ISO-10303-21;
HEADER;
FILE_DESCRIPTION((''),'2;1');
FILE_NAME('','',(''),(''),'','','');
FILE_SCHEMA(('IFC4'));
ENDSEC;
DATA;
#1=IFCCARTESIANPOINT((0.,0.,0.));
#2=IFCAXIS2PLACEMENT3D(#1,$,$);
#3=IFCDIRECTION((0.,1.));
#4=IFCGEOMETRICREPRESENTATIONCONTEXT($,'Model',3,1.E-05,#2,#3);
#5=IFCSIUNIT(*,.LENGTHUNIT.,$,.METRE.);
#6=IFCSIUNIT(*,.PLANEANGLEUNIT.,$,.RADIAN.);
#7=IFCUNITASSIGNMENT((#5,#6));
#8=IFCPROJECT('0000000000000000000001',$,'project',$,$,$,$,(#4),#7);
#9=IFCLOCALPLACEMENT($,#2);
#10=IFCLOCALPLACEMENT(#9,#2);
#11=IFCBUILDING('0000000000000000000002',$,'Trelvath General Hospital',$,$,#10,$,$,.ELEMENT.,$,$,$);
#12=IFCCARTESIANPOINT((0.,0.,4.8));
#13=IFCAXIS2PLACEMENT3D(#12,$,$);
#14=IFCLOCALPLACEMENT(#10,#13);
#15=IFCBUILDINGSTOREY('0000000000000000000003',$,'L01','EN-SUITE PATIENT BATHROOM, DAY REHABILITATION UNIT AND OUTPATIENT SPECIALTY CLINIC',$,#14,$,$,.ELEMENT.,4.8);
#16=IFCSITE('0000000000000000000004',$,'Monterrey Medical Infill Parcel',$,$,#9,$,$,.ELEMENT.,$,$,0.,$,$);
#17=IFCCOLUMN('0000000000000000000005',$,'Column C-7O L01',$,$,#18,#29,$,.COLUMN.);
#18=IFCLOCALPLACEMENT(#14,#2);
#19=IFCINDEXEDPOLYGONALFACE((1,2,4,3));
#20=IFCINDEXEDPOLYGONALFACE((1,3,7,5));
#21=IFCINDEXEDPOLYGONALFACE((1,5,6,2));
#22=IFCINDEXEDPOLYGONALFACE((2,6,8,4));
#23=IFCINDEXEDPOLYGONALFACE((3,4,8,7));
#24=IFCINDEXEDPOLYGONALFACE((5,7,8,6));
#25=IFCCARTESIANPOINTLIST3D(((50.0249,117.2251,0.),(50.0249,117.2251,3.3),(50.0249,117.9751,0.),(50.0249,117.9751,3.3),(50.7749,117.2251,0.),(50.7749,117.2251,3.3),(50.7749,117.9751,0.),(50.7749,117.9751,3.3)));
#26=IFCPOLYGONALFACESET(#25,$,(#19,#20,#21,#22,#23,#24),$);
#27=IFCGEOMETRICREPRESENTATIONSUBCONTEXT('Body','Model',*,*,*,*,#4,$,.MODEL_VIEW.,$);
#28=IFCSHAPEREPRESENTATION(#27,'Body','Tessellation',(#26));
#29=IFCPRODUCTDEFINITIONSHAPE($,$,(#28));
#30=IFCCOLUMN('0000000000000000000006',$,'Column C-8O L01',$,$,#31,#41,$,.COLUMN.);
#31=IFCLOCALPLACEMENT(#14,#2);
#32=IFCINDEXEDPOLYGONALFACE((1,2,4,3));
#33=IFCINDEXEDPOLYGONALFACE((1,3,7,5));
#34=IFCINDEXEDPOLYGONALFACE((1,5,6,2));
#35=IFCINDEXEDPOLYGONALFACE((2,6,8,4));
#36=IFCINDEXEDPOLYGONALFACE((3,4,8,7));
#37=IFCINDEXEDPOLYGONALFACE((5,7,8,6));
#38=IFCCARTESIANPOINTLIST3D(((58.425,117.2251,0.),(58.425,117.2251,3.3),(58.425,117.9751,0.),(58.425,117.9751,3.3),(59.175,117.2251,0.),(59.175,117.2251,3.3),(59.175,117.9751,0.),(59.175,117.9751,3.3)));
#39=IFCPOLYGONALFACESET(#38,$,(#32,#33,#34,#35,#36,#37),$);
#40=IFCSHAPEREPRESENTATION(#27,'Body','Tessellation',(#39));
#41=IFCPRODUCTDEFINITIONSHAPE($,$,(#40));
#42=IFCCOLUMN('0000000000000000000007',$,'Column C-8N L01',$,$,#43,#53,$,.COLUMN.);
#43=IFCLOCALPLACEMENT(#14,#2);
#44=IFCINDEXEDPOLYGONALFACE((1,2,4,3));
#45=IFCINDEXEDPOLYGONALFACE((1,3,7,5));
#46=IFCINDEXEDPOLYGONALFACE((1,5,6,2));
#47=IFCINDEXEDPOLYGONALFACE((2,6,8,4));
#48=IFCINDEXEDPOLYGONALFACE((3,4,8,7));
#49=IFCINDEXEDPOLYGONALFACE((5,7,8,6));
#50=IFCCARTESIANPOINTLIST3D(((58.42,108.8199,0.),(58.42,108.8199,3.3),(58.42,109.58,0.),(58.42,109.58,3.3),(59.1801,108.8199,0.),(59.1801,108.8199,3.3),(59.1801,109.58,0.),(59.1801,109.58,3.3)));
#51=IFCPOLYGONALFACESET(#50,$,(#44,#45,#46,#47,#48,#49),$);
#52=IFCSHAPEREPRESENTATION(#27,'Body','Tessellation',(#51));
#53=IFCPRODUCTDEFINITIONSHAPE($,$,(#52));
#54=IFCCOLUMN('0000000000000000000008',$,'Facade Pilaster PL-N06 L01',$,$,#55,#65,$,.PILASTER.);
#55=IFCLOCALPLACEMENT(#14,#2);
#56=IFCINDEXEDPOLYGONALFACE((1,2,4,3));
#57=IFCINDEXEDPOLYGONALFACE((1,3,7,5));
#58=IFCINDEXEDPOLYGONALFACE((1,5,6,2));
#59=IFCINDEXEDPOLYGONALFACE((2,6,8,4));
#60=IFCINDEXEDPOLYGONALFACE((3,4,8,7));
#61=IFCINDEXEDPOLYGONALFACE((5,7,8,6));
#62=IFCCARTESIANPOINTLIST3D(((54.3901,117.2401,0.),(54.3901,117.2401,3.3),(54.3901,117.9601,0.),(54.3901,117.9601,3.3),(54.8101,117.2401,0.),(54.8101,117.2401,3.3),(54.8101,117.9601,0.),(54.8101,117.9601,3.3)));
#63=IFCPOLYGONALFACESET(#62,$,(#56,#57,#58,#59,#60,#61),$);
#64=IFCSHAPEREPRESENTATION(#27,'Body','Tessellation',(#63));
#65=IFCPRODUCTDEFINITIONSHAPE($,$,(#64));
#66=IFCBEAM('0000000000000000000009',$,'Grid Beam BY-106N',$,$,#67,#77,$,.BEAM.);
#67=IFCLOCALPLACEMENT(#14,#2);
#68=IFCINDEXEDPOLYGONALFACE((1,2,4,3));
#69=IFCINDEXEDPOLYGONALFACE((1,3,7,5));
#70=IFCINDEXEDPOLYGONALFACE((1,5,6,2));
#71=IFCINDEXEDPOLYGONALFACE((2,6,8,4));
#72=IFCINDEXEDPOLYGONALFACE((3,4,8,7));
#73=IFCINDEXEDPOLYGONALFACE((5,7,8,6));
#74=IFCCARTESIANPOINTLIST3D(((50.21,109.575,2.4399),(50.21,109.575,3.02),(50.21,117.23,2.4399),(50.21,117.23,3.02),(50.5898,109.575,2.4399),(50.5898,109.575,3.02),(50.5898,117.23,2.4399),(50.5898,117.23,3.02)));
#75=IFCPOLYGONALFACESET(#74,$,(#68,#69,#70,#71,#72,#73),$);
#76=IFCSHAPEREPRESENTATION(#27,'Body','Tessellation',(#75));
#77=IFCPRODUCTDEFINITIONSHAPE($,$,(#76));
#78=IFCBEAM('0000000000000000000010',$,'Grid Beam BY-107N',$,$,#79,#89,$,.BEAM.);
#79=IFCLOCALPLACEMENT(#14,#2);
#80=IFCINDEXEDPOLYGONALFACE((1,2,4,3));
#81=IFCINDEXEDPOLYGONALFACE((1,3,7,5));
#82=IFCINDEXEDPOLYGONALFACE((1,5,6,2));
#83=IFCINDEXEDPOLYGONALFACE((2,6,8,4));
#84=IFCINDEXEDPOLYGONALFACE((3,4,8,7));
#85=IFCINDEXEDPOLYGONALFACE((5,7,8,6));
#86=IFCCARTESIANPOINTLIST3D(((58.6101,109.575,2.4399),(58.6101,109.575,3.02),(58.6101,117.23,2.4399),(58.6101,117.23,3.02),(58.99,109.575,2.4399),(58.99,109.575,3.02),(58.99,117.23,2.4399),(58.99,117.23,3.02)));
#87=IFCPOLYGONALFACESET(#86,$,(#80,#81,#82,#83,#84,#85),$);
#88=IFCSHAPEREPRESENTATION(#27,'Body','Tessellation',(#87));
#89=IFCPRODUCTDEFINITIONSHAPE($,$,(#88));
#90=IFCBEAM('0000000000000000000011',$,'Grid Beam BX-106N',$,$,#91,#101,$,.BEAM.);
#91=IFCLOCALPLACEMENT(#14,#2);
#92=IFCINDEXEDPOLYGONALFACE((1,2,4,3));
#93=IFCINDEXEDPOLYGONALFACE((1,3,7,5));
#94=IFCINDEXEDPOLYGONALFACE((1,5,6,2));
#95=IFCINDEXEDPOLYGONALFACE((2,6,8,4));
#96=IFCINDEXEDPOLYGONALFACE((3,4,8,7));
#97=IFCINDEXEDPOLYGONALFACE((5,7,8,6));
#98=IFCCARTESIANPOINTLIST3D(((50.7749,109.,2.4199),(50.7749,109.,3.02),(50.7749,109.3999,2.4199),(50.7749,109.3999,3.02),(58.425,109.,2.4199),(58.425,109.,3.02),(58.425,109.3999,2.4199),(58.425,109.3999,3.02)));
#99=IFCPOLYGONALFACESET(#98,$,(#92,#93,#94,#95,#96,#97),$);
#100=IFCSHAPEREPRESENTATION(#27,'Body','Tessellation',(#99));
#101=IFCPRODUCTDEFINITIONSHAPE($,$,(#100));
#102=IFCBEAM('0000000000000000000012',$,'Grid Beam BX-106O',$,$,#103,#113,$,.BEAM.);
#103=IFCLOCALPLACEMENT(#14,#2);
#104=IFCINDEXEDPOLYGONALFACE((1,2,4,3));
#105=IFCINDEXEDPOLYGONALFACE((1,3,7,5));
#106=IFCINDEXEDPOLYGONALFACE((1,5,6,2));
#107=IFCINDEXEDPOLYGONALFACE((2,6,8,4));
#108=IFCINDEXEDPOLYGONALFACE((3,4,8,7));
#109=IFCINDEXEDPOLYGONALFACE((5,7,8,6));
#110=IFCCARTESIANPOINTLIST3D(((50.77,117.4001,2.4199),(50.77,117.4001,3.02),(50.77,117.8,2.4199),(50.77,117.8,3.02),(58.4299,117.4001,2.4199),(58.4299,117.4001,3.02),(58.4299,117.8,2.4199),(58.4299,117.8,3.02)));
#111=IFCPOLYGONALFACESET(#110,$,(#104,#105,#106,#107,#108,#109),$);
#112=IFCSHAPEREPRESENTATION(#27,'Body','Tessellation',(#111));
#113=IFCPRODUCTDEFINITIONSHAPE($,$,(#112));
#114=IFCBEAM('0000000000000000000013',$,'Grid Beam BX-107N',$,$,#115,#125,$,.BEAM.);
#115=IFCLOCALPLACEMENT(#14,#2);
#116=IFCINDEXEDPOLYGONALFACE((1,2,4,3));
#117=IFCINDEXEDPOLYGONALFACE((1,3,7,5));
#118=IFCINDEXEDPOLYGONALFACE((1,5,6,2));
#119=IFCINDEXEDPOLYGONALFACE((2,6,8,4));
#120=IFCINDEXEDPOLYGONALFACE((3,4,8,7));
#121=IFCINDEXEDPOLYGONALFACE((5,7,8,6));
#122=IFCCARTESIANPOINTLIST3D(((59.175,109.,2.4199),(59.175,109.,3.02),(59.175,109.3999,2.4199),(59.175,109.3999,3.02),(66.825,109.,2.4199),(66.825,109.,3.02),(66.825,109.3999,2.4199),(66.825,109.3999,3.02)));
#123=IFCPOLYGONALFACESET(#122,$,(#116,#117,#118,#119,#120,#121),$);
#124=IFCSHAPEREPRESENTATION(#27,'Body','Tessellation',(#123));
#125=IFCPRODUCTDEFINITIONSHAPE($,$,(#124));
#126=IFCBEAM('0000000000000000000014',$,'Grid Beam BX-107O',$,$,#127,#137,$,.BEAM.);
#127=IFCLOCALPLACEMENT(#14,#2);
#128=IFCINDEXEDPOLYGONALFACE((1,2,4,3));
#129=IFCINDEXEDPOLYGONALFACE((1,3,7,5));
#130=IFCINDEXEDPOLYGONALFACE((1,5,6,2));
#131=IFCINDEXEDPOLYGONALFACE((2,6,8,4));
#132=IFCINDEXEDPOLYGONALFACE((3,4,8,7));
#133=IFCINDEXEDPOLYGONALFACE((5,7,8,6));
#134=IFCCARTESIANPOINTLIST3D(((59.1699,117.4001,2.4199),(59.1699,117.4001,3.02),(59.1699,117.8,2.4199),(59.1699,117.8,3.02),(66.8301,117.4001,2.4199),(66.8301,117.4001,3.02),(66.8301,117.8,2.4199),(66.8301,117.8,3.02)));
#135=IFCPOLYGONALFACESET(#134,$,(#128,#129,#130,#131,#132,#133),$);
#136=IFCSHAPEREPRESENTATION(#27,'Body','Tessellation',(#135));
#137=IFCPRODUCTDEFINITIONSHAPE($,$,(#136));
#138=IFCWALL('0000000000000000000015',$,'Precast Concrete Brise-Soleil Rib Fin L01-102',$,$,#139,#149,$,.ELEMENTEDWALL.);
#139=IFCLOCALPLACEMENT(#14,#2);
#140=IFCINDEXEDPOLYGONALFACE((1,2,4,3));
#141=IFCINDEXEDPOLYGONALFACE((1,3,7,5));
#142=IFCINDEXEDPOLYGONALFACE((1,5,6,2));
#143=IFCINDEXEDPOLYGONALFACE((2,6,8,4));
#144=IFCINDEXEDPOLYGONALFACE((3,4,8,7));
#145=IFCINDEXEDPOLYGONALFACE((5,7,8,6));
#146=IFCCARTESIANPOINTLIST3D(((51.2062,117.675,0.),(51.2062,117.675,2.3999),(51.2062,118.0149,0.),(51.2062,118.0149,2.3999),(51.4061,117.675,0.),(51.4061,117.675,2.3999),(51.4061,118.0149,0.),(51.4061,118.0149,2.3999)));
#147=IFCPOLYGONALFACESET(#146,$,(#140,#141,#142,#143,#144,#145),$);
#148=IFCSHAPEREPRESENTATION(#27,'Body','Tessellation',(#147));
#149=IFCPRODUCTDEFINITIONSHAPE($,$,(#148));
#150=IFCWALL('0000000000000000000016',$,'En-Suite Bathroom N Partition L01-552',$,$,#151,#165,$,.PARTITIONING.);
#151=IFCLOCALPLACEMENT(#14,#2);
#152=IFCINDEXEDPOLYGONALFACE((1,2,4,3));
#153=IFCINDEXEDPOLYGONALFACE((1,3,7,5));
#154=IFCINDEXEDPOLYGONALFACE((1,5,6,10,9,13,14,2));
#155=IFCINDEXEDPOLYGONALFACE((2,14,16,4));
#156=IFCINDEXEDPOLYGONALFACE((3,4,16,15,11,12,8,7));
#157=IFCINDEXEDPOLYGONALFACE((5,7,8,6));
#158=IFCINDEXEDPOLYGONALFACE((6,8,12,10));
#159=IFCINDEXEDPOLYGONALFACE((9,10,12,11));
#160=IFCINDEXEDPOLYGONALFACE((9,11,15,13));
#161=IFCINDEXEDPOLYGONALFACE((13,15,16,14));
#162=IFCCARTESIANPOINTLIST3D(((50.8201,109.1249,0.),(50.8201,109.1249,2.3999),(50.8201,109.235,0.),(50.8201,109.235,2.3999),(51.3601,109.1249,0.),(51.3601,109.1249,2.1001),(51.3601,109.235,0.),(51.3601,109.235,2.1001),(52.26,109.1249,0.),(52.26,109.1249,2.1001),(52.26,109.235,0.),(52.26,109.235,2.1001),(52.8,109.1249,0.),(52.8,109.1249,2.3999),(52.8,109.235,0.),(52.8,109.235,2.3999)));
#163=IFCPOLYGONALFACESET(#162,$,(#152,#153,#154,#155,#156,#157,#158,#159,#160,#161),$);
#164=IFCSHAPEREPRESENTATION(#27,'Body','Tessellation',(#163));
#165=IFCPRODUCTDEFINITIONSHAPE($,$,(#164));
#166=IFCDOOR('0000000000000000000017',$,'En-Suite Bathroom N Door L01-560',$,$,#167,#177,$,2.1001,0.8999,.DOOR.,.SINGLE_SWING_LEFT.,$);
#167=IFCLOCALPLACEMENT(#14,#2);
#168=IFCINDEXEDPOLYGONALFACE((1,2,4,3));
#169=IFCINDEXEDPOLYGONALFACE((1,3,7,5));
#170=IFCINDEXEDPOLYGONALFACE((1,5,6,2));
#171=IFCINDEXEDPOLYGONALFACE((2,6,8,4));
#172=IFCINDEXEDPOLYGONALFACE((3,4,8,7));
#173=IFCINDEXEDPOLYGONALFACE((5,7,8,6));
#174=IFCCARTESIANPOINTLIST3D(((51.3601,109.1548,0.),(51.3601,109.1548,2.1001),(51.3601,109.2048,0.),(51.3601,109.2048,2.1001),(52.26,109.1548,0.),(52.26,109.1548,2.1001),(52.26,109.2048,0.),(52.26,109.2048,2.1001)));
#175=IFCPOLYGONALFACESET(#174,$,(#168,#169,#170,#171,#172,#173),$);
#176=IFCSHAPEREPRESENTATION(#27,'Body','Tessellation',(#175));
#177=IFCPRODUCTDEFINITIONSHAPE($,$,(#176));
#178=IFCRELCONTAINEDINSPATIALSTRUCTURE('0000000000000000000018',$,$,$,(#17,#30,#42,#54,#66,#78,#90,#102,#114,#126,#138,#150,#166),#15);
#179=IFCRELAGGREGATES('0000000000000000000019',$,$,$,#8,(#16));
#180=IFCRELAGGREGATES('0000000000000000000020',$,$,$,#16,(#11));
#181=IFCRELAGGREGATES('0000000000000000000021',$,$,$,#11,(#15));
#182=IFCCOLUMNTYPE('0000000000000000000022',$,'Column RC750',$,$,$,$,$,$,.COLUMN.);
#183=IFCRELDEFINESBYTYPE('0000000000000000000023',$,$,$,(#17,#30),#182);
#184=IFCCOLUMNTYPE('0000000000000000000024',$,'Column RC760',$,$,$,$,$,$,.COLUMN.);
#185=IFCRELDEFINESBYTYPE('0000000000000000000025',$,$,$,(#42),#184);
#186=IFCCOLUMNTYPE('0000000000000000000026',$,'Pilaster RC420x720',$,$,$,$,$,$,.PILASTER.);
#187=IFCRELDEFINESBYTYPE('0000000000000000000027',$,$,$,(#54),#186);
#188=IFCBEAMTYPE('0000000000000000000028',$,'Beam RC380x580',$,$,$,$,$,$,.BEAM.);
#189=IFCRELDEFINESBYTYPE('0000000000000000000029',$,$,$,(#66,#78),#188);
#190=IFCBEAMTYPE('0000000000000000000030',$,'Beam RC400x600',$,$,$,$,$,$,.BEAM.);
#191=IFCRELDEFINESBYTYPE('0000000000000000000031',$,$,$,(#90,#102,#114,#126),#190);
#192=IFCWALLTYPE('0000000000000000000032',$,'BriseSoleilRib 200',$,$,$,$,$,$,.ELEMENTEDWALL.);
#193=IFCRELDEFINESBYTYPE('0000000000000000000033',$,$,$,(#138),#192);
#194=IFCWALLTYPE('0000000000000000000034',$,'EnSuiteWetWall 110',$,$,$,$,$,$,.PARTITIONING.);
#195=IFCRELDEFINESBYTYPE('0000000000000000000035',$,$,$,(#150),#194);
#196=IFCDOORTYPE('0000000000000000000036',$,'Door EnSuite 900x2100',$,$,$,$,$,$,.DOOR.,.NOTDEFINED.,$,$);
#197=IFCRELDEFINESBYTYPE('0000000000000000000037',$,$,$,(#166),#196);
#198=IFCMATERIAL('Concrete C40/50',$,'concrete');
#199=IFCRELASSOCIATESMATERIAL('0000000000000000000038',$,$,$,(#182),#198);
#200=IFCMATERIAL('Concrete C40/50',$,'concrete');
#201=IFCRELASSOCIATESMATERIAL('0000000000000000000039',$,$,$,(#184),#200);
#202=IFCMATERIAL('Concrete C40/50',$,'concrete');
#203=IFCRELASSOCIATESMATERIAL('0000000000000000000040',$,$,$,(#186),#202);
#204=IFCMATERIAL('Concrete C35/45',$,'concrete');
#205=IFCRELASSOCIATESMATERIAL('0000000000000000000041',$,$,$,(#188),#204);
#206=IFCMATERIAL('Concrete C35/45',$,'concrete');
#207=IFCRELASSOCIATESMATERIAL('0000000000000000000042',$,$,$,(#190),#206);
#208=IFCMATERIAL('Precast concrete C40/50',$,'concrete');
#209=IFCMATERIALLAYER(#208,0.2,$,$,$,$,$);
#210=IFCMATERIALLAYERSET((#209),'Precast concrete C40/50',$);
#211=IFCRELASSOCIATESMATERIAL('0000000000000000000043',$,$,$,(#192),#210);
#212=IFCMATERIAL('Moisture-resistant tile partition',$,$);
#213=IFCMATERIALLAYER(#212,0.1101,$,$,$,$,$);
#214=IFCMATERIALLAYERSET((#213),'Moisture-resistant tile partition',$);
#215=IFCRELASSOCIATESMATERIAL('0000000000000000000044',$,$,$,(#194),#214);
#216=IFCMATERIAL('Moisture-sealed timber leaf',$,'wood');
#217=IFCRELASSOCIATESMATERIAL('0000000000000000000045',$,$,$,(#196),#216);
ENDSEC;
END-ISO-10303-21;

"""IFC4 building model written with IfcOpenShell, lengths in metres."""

from ifc_helpers import new_model, si_unit, direction, frame, frame_2d, origin, origin_2d, place, context, subcontext, project, spatial, rectangle, extrude, material, layer, layer_set, material_profile, profile_set, type_object, element, fill, save


model = new_model("IFC4")

# Units and contexts
model_context = context("Model", 3, precision=1e-05, world=origin(), true_north=direction((0.0, 1.0)))
body_context = subcontext(model_context, "Body", "Model", "MODEL_VIEW")
ifc_project = project(units=[si_unit("LENGTHUNIT", "METRE"), si_unit("PLANEANGLEUNIT", "RADIAN")], contexts=[model_context])

# Site, building, storey
site_placement = place(None, origin())
site = spatial("IfcSite", under=ifc_project, at=site_placement, Name="Monterrey Medical Infill Parcel", CompositionType="ELEMENT", RefElevation=0.0)
building_placement = place(site_placement, origin())
building = spatial("IfcBuilding", under=site, at=building_placement, Name="Trelvath General Hospital", CompositionType="ELEMENT")
storey_placement = place(building_placement, frame((0.0, 0.0, 4.8)))
storey = spatial("IfcBuildingStorey", under=building, at=storey_placement, Name="L01", Description="EN-SUITE PATIENT BATHROOM, DAY REHABILITATION UNIT AND OUTPATIENT SPECIALTY CLINIC", CompositionType="ELEMENT", Elevation=4.8)

# Columns
ifc_material_1 = material(Name="Concrete C40/50", Category="concrete")
ifc_material_profile_1 = material_profile(ifc_material_1, rectangle(XDim=0.75, YDim=0.75, at=origin_2d()), Name="RC750x750")
ifc_profile_set_1 = profile_set([ifc_material_profile_1], Name="Concrete C40/50")
column_type_1 = type_object("IfcColumnType", Name="Column RC750", PredefinedType="COLUMN", material=ifc_profile_set_1)
for number, where, z_axis, x_axis, name in (
    (1, (50.3999, 117.6001, 0.0), (0.0, 0.0, 1.0), (1.0, 0.0, 0.0), "Column C-7O L01"),
    (2, (58.8, 117.6001, 0.0), (0.0, 0.0, 1.0), (1.0, 0.0, 0.0), "Column C-8O L01"),
):
    element("IfcColumn", number, at=place(storey_placement, frame(where, z_axis=z_axis, x_axis=x_axis)), inside=storey, type_object=column_type_1, Name=name, PredefinedType="COLUMN", context=body_context, shape_type="SweptSolid", body=[
        extrude(rectangle(XDim=0.75, YDim=0.75, at=origin_2d()), origin(), (0.0, 0.0, 1.0), 3.3),
    ])
ifc_material_2 = material(Name="Concrete C40/50", Category="concrete")
ifc_material_profile_2 = material_profile(ifc_material_2, rectangle(XDim=0.76, YDim=0.76, at=origin_2d()), Name="RC760x760")
ifc_profile_set_2 = profile_set([ifc_material_profile_2], Name="Concrete C40/50")
column_type_2 = type_object("IfcColumnType", Name="Column RC760", PredefinedType="COLUMN", material=ifc_profile_set_2)
column_1_placement = place(storey_placement, frame((58.8, 109.2, 0.0), z_axis=(0.0, 0.0, 1.0), x_axis=(1.0, 0.0, 0.0)))
element("IfcColumn", 3, at=column_1_placement, inside=storey, type_object=column_type_2, Name="Column C-8N L01", PredefinedType="COLUMN", context=body_context, shape_type="SweptSolid", body=[
    extrude(rectangle(XDim=0.76, YDim=0.76, at=origin_2d()), origin(), (0.0, 0.0, 1.0), 3.3),
])
ifc_material_3 = material(Name="Concrete C40/50", Category="concrete")
ifc_material_profile_3 = material_profile(ifc_material_3, rectangle(XDim=0.4199, YDim=0.72, at=origin_2d()), Name="RC420x720")
ifc_profile_set_3 = profile_set([ifc_material_profile_3], Name="Concrete C40/50")
column_type_3 = type_object("IfcColumnType", Name="Pilaster RC420x720", PredefinedType="PILASTER", material=ifc_profile_set_3)
column_2_placement = place(storey_placement, frame((54.6001, 117.6001, 0.0), z_axis=(0.0, 0.0, 1.0), x_axis=(1.0, 0.0, 0.0)))
element("IfcColumn", 4, at=column_2_placement, inside=storey, type_object=column_type_3, Name="Facade Pilaster PL-N06 L01", PredefinedType="PILASTER", context=body_context, shape_type="SweptSolid", body=[
    extrude(rectangle(XDim=0.4199, YDim=0.72, at=origin_2d()), origin(), (0.0, 0.0, 1.0), 3.3),
])

# Beams
ifc_material_4 = material(Name="Concrete C35/45", Category="concrete")
ifc_material_profile_4 = material_profile(ifc_material_4, rectangle(XDim=0.3799, YDim=0.5801, at=origin_2d()), Name="RCB380x580")
ifc_profile_set_4 = profile_set([ifc_material_profile_4], Name="Concrete C35/45")
beam_type_1 = type_object("IfcBeamType", Name="Beam RC380x580", PredefinedType="BEAM", material=ifc_profile_set_4)
for number, where, z_axis, x_axis, name in (
    (5, (50.3999, 109.575, 2.73), (0.0, 1.0, 0.0), (-1.0, 0.0, 0.0), "Grid Beam BY-106N"),
    (6, (58.8, 109.575, 2.73), (0.0, 1.0, 0.0), (-1.0, 0.0, 0.0), "Grid Beam BY-107N"),
):
    element("IfcBeam", number, at=place(storey_placement, frame(where, z_axis=z_axis, x_axis=x_axis)), inside=storey, type_object=beam_type_1, Name=name, PredefinedType="BEAM", context=body_context, shape_type="SweptSolid", body=[
        extrude(rectangle(XDim=0.3799, YDim=0.5801, at=origin_2d()), origin(), (0.0, 0.0, 1.0), 7.655),
    ])
ifc_material_5 = material(Name="Concrete C35/45", Category="concrete")
ifc_material_profile_5 = material_profile(ifc_material_5, rectangle(XDim=0.3999, YDim=0.6001, at=origin_2d()), Name="RCB400x600")
ifc_profile_set_5 = profile_set([ifc_material_profile_5], Name="Concrete C35/45")
beam_type_2 = type_object("IfcBeamType", Name="Beam RC400x600", PredefinedType="BEAM", material=ifc_profile_set_5)
beam_1_placement = place(storey_placement, frame((50.7749, 109.2, 2.72), z_axis=(1.0, 0.0, 0.0), x_axis=(0.0, 1.0, 0.0)))
element("IfcBeam", 7, at=beam_1_placement, inside=storey, type_object=beam_type_2, Name="Grid Beam BX-106N", PredefinedType="BEAM", context=body_context, shape_type="SweptSolid", body=[
    extrude(rectangle(XDim=0.3999, YDim=0.6001, at=origin_2d()), origin(), (0.0, 0.0, 1.0), 7.6501),
])
beam_2_placement = place(storey_placement, frame((50.77, 117.6001, 2.72), z_axis=(1.0, 0.0, 0.0), x_axis=(0.0, 1.0, 0.0)))
element("IfcBeam", 8, at=beam_2_placement, inside=storey, type_object=beam_type_2, Name="Grid Beam BX-106O", PredefinedType="BEAM", context=body_context, shape_type="SweptSolid", body=[
    extrude(rectangle(XDim=0.3999, YDim=0.6001, at=origin_2d()), origin(), (0.0, 0.0, 1.0), 7.6599),
])
beam_3_placement = place(storey_placement, frame((59.175, 109.2, 2.72), z_axis=(1.0, 0.0, 0.0), x_axis=(0.0, 1.0, 0.0)))
element("IfcBeam", 9, at=beam_3_placement, inside=storey, type_object=beam_type_2, Name="Grid Beam BX-107N", PredefinedType="BEAM", context=body_context, shape_type="SweptSolid", body=[
    extrude(rectangle(XDim=0.3999, YDim=0.6001, at=origin_2d()), origin(), (0.0, 0.0, 1.0), 7.6499),
])
beam_4_placement = place(storey_placement, frame((59.1699, 117.6001, 2.72), z_axis=(1.0, 0.0, 0.0), x_axis=(0.0, 1.0, 0.0)))
element("IfcBeam", 10, at=beam_4_placement, inside=storey, type_object=beam_type_2, Name="Grid Beam BX-107O", PredefinedType="BEAM", context=body_context, shape_type="SweptSolid", body=[
    extrude(rectangle(XDim=0.3999, YDim=0.6001, at=origin_2d()), origin(), (0.0, 0.0, 1.0), 7.6602),
])

# Wall
ifc_material_6 = material(Name="Precast concrete C40/50", Category="concrete")
ifc_layer_1 = layer(ifc_material_6, 0.2)
ifc_layer_set_1 = layer_set([ifc_layer_1], Name="Precast concrete C40/50")
wall_type_1 = type_object("IfcWallType", Name="BriseSoleilRib 200", PredefinedType="ELEMENTEDWALL", material=ifc_layer_set_1)
wall_1_placement = place(storey_placement, frame((51.3062, 117.675, 0.0), z_axis=(0.0, 0.0, 1.0), x_axis=(0.0, 1.0, 0.0)))
element("IfcWall", 11, at=wall_1_placement, inside=storey, type_object=wall_type_1, Name="Precast Concrete Brise-Soleil Rib Fin L01-102", PredefinedType="ELEMENTEDWALL", context=body_context, shape_type="SweptSolid", body=[
    extrude(rectangle(XDim=0.3398, YDim=0.2, at=frame_2d((0.1699, 0.0))), origin(), (0.0, 0.0, 1.0), 2.3999),
])

# Wall, opening, door
ifc_material_7 = material(Name="Moisture-resistant tile partition")
ifc_layer_2 = layer(ifc_material_7, 0.1101)
ifc_layer_set_2 = layer_set([ifc_layer_2], Name="Moisture-resistant tile partition")
wall_type_2 = type_object("IfcWallType", Name="EnSuiteWetWall 110", PredefinedType="PARTITIONING", material=ifc_layer_set_2)
wall_2_placement = place(storey_placement, frame((50.8201, 109.1799, 0.0), z_axis=(0.0, 0.0, 1.0), x_axis=(1.0, 0.0, 0.0)))
wall_2 = element("IfcWall", 12, at=wall_2_placement, inside=storey, type_object=wall_type_2, Name="En-Suite Bathroom N Partition L01-552", PredefinedType="PARTITIONING", context=body_context, shape_type="SweptSolid", body=[
    extrude(rectangle(XDim=1.98, YDim=0.1101, at=frame_2d((0.99, 0.0))), origin(), (0.0, 0.0, 1.0), 2.3999),
])
opening_1_placement = place(wall_2_placement, frame((0.54, 0.0, 0.0)))
opening_1 = element("IfcOpeningElement", 13, at=opening_1_placement, cuts=wall_2, PredefinedType="OPENING", context=body_context, shape_type="SweptSolid", body=[
    extrude(rectangle(XDim=0.8999, YDim=2.1001, at=frame_2d((0.45, 1.05))), frame((0.0, 0.0649, 0.0), z_axis=(0.0, -1.0, 0.0), x_axis=(1.0, 0.0, 0.0)), (0.0, 0.0, 1.0), 0.1301),
])
ifc_material_8 = material(Name="Moisture-sealed timber leaf", Category="wood")
door_type = type_object("IfcDoorType", Name="Door EnSuite 900x2100", OperationType="NOTDEFINED", PredefinedType="DOOR", material=ifc_material_8)
door_1_placement = place(opening_1_placement, origin())
door_1 = element("IfcDoor", 14, at=door_1_placement, inside=storey, type_object=door_type, Name="En-Suite Bathroom N Door L01-560", OperationType="SINGLE_SWING_LEFT", OverallHeight=2.1001, OverallWidth=0.8999, PredefinedType="DOOR", context=body_context, shape_type="SweptSolid", body=[
    extrude(rectangle(XDim=0.8999, YDim=2.1001, at=frame_2d((0.45, 1.05))), frame((0.0, 0.0249, 0.0), z_axis=(0.0, -1.0, 0.0), x_axis=(1.0, 0.0, 0.0)), (0.0, 0.0, 1.0), 0.05),
])
fill(opening_1, door_1)

save(model, "model.ifc")
